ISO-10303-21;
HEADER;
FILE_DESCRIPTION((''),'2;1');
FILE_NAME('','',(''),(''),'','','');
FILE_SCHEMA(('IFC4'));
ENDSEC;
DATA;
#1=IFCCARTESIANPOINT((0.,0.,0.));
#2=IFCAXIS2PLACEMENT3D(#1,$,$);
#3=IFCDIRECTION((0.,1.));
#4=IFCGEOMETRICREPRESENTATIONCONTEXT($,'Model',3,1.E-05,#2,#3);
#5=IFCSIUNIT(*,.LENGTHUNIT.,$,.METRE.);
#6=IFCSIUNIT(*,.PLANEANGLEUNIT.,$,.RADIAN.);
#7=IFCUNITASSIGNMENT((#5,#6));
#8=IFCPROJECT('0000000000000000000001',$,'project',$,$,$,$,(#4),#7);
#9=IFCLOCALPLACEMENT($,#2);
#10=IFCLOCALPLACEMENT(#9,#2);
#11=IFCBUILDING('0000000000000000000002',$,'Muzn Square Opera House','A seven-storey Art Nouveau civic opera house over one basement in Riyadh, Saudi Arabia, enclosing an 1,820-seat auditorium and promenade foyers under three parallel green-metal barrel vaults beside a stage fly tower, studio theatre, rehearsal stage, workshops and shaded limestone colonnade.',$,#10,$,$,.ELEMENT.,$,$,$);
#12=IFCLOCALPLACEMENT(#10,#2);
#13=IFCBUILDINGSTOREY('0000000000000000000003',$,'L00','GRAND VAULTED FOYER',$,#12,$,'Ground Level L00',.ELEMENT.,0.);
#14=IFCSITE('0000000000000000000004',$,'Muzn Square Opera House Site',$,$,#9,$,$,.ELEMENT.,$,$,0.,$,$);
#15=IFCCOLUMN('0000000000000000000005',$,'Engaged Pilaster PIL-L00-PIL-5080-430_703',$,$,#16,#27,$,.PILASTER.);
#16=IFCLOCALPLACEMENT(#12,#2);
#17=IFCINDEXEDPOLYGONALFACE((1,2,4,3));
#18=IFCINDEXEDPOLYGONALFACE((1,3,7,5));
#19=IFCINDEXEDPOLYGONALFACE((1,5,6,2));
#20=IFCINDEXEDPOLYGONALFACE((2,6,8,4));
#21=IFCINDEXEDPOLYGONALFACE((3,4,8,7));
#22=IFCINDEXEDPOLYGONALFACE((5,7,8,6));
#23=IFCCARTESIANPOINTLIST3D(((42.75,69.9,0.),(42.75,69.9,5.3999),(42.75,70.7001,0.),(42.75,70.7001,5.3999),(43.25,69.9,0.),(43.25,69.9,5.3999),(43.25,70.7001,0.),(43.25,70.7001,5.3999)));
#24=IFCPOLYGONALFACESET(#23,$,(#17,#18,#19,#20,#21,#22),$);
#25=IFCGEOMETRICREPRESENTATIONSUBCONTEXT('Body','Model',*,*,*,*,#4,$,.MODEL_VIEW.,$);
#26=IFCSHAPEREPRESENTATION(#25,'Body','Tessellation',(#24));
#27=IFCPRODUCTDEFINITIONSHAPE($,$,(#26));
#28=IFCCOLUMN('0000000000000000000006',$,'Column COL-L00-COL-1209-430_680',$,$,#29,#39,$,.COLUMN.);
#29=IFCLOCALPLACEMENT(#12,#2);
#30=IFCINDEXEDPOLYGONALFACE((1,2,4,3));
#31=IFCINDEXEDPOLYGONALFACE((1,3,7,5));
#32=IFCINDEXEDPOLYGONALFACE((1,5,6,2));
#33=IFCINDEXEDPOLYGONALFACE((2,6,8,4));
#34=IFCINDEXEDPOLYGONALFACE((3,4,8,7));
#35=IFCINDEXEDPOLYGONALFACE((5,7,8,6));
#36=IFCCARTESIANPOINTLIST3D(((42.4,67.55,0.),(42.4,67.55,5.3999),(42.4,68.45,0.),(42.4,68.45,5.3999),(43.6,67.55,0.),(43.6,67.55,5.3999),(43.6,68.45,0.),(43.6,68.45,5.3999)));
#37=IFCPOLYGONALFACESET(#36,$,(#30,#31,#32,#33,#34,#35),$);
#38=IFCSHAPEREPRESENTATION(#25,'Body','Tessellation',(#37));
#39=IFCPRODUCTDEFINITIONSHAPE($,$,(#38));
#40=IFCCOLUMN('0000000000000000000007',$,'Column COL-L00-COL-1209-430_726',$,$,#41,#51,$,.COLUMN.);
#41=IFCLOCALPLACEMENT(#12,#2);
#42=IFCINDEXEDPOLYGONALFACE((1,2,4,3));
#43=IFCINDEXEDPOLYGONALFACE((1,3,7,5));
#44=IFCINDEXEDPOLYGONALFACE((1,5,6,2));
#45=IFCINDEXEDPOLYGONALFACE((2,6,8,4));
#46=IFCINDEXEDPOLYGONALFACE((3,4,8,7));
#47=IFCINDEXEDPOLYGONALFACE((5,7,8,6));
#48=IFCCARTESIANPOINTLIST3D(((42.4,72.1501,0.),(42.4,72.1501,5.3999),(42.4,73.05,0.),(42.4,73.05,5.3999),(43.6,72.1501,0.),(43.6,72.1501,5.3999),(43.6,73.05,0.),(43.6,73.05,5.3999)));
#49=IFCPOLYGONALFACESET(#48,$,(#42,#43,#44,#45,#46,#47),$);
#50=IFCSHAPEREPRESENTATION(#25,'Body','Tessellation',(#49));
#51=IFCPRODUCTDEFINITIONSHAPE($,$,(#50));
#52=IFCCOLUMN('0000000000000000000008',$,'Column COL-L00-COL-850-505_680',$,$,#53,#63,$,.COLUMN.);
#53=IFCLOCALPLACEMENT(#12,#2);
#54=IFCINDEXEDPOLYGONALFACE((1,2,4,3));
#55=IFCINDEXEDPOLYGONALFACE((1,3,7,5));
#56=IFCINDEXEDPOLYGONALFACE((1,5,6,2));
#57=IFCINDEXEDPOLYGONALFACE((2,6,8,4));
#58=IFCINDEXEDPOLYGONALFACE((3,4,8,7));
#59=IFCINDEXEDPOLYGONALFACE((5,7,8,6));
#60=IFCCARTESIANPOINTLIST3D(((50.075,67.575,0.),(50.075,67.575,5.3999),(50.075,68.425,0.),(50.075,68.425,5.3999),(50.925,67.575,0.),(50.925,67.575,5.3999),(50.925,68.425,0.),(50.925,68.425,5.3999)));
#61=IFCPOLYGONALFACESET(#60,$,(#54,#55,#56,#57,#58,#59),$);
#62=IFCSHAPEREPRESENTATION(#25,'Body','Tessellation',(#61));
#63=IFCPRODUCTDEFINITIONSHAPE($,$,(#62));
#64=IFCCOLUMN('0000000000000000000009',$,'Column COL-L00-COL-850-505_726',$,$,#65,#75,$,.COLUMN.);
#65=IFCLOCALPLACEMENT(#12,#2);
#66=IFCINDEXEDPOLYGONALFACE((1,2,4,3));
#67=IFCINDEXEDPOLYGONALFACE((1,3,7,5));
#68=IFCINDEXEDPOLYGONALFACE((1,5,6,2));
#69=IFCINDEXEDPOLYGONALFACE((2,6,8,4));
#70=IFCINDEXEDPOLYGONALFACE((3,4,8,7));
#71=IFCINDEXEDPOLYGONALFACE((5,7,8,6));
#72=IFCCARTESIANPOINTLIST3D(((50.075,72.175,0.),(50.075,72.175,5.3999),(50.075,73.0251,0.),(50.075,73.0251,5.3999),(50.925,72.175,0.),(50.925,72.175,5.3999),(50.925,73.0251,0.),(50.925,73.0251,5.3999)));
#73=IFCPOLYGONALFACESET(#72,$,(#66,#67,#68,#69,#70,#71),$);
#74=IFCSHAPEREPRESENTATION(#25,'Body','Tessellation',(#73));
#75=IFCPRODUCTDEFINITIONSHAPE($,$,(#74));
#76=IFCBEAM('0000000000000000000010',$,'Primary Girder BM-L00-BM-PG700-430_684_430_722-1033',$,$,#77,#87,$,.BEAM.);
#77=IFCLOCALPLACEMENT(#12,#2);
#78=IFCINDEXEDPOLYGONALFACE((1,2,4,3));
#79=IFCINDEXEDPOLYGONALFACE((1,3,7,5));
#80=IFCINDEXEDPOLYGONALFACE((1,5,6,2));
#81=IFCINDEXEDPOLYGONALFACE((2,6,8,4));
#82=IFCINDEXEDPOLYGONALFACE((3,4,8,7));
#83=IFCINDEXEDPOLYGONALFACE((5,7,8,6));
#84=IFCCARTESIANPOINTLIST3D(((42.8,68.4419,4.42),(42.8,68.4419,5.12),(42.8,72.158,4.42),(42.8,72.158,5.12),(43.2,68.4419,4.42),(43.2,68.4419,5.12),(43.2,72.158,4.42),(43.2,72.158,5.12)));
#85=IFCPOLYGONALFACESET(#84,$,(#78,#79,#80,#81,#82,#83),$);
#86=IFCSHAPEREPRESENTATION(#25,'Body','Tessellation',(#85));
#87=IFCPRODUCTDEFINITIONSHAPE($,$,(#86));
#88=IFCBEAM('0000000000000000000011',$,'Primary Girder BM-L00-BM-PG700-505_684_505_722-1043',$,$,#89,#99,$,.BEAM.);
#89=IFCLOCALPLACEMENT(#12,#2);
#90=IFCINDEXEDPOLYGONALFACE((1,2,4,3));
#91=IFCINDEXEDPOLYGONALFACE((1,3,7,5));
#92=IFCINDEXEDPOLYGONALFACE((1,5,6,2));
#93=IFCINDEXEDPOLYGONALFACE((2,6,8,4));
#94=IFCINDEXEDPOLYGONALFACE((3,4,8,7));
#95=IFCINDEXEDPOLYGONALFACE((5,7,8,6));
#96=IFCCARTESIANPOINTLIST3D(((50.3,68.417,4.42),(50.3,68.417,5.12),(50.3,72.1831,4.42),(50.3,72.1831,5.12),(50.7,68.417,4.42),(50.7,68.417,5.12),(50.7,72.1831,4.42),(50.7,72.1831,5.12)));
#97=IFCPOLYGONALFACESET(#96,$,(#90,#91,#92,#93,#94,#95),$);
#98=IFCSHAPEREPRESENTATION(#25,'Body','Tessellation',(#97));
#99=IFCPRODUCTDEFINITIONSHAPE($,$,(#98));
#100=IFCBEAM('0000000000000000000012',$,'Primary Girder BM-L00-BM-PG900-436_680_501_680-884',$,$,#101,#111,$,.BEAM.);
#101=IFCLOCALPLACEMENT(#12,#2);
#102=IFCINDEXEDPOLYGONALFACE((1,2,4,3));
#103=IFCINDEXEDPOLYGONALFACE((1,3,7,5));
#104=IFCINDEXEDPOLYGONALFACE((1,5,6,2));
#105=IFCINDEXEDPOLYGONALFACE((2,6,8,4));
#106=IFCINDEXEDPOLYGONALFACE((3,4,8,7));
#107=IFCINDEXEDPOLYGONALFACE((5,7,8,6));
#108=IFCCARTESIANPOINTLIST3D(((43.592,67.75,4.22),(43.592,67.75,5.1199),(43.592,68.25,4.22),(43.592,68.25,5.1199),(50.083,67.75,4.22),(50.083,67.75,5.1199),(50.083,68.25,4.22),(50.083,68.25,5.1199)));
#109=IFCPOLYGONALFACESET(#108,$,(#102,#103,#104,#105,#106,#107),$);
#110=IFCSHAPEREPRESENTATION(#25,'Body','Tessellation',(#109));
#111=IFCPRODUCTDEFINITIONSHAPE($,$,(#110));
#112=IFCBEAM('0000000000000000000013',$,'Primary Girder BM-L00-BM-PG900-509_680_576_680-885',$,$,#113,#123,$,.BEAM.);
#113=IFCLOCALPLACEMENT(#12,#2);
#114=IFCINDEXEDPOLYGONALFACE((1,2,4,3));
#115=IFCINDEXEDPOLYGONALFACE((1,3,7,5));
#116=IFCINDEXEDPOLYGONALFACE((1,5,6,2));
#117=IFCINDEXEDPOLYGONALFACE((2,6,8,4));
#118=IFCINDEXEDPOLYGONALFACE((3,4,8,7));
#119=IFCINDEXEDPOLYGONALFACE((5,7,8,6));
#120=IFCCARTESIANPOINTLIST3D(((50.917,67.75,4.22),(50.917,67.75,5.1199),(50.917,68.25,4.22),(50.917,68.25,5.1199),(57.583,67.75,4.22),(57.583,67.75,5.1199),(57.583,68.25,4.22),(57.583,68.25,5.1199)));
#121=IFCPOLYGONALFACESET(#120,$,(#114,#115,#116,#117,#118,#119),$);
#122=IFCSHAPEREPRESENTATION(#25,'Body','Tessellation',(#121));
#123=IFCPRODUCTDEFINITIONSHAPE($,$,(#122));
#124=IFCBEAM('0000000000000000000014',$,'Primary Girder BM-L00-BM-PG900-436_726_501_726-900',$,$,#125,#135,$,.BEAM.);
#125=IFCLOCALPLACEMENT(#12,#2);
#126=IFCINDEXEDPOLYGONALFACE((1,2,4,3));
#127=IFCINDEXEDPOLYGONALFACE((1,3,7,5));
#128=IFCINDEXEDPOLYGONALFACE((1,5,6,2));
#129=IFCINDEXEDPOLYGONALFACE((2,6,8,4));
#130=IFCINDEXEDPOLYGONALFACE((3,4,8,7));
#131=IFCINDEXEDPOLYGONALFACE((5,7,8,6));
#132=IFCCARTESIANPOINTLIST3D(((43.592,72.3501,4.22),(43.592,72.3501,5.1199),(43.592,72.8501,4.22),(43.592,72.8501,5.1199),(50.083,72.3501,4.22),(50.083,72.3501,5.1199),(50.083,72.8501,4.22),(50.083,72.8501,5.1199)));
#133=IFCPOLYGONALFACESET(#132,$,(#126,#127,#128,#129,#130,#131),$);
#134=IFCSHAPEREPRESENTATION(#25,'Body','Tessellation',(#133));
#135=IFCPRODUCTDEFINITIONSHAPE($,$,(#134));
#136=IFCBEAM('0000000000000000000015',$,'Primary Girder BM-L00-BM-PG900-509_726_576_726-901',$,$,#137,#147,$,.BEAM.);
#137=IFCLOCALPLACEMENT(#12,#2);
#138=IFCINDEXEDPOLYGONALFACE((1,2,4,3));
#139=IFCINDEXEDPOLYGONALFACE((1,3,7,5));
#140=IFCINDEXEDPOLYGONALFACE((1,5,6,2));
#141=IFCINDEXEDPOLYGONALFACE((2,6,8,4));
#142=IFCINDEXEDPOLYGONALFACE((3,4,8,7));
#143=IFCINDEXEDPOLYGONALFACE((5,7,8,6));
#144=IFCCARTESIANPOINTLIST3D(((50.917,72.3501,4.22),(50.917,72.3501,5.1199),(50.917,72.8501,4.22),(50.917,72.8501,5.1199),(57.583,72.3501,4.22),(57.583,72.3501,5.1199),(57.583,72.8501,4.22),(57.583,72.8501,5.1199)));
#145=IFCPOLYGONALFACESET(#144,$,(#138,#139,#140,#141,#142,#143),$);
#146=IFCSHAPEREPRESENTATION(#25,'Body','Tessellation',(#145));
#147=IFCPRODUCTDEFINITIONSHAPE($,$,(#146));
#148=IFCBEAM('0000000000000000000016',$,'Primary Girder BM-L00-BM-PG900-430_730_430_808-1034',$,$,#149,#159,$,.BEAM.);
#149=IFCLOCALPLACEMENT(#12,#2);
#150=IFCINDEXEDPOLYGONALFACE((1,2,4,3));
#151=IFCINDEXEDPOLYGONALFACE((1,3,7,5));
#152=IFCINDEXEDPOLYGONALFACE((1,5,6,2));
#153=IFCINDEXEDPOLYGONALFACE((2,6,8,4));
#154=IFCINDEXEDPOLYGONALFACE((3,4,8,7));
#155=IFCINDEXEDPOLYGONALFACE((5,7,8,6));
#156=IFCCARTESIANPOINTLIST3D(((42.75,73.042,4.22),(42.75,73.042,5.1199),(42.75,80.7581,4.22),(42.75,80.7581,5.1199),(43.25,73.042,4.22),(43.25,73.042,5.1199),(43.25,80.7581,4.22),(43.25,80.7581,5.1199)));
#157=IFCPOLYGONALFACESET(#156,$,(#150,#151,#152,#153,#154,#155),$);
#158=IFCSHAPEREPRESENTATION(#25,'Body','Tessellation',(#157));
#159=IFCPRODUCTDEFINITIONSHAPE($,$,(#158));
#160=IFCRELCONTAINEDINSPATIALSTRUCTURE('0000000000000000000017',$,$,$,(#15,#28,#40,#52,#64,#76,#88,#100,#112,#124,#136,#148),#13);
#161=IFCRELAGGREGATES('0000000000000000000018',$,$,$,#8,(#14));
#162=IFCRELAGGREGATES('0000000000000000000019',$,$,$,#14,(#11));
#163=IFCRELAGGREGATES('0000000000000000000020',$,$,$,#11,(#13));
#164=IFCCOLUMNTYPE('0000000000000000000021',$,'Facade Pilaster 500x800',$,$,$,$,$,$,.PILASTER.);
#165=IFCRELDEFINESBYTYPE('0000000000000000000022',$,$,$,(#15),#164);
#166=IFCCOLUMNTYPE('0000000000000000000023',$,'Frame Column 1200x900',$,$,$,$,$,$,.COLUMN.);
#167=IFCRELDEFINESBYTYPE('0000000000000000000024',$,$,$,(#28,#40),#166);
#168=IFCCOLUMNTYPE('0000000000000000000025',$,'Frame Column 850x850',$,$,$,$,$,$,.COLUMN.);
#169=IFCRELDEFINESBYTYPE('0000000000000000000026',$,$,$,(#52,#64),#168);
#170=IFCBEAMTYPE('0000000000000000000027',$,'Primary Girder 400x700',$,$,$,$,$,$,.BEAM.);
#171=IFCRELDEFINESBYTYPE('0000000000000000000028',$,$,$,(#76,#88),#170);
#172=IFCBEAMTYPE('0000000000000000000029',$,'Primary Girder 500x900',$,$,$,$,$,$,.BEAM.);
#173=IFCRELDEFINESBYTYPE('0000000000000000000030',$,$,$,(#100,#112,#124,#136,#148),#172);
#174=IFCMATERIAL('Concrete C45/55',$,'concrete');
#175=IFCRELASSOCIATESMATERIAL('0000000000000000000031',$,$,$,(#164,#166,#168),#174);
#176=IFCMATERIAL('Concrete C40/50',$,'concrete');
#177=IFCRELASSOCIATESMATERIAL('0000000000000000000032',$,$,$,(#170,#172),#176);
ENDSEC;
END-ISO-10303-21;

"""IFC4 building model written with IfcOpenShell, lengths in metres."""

from ifc_helpers import new_model, si_unit, direction, frame, origin, origin_2d, place, context, subcontext, project, spatial, rectangle, extrude, material, material_profile, profile_set, type_object, element, save


model = new_model("IFC4")

# Units and contexts
model_context = context("Model", 3, precision=1e-05, world=origin(), true_north=direction((0.0, 1.0)))
body_context = subcontext(model_context, "Body", "Model", "MODEL_VIEW")
ifc_project = project(units=[si_unit("LENGTHUNIT", "METRE"), si_unit("PLANEANGLEUNIT", "RADIAN")], contexts=[model_context])

# Site, building, storey
site_placement = place(None, origin())
site = spatial("IfcSite", under=ifc_project, at=site_placement, Name="Muzn Square Opera House Site", CompositionType="ELEMENT", RefElevation=0.0)
building_placement = place(site_placement, origin())
building = spatial("IfcBuilding", under=site, at=building_placement, Name="Muzn Square Opera House", Description="A seven-storey Art Nouveau civic opera house over one basement in Riyadh, Saudi Arabia, enclosing an 1,820-seat auditorium and promenade foyers under three parallel green-metal barrel vaults beside a stage fly tower, studio theatre, rehearsal stage, workshops and shaded limestone colonnade.", CompositionType="ELEMENT")
storey_placement = place(building_placement, origin())
storey = spatial("IfcBuildingStorey", under=building, at=storey_placement, Name="L00", Description="GRAND VAULTED FOYER", LongName="Ground Level L00", CompositionType="ELEMENT", Elevation=0.0)

# Columns
ifc_material_1 = material(Name="Concrete C45/55", Category="concrete")
ifc_material_profile_1 = material_profile(ifc_material_1, rectangle(XDim=0.5, YDim=0.8, at=origin_2d()), Name="RC 500x800", Category="concrete")
ifc_profile_set_1 = profile_set([ifc_material_profile_1], Name="Concrete C45/55")
column_type_1 = type_object("IfcColumnType", Name="Facade Pilaster 500x800", PredefinedType="PILASTER", material=ifc_profile_set_1)
column_placement = place(storey_placement, frame((43.0, 70.3, 0.0), z_axis=(0.0, 0.0, 1.0), x_axis=(1.0, 0.0, 0.0)))
element("IfcColumn", 1, at=column_placement, inside=storey, type_object=column_type_1, Name="Engaged Pilaster PIL-L00-PIL-5080-430_703", PredefinedType="PILASTER", context=body_context, shape_type="SweptSolid", body=[
    extrude(rectangle(XDim=0.5, YDim=0.8, at=origin_2d()), origin(), (0.0, 0.0, 1.0), 5.3999),
])
ifc_material_profile_2 = material_profile(ifc_material_1, rectangle(XDim=1.2, YDim=0.8999, at=origin_2d()), Name="RC 1200x900", Category="concrete")
ifc_profile_set_2 = profile_set([ifc_material_profile_2], Name="Concrete C45/55")
column_type_2 = type_object("IfcColumnType", Name="Frame Column 1200x900", PredefinedType="COLUMN", material=ifc_profile_set_2)
for number, where, z_axis, x_axis, name in (
    (2, (43.0, 68.0, 0.0), (0.0, 0.0, 1.0), (1.0, 0.0, 0.0), "Column COL-L00-COL-1209-430_680"),
    (3, (43.0, 72.6001, 0.0), (0.0, 0.0, 1.0), (1.0, 0.0, 0.0), "Column COL-L00-COL-1209-430_726"),
):
    element("IfcColumn", number, at=place(storey_placement, frame(where, z_axis=z_axis, x_axis=x_axis)), inside=storey, type_object=column_type_2, Name=name, PredefinedType="COLUMN", context=body_context, shape_type="SweptSolid", body=[
        extrude(rectangle(XDim=1.2, YDim=0.8999, at=origin_2d()), origin(), (0.0, 0.0, 1.0), 5.3999),
    ])
ifc_material_profile_3 = material_profile(ifc_material_1, rectangle(XDim=0.8501, YDim=0.8501, at=origin_2d()), Name="RC 850x850", Category="concrete")
ifc_profile_set_3 = profile_set([ifc_material_profile_3], Name="Concrete C45/55")
column_type_3 = type_object("IfcColumnType", Name="Frame Column 850x850", PredefinedType="COLUMN", material=ifc_profile_set_3)
for number, where, z_axis, x_axis, name in (
    (4, (50.5, 68.0, 0.0), (0.0, 0.0, 1.0), (1.0, 0.0, 0.0), "Column COL-L00-COL-850-505_680"),
    (5, (50.5, 72.6001, 0.0), (0.0, 0.0, 1.0), (1.0, 0.0, 0.0), "Column COL-L00-COL-850-505_726"),
):
    element("IfcColumn", number, at=place(storey_placement, frame(where, z_axis=z_axis, x_axis=x_axis)), inside=storey, type_object=column_type_3, Name=name, PredefinedType="COLUMN", context=body_context, shape_type="SweptSolid", body=[
        extrude(rectangle(XDim=0.8501, YDim=0.8501, at=origin_2d()), origin(), (0.0, 0.0, 1.0), 5.3999),
    ])

# Beams
ifc_material_2 = material(Name="Concrete C40/50", Category="concrete")
ifc_material_profile_4 = material_profile(ifc_material_2, rectangle(XDim=0.3999, YDim=0.7, at=origin_2d()), Name="RCB 400x700", Category="concrete")
ifc_profile_set_4 = profile_set([ifc_material_profile_4], Name="Concrete C40/50")
beam_type_1 = type_object("IfcBeamType", Name="Primary Girder 400x700", PredefinedType="BEAM", material=ifc_profile_set_4)
beam_1_placement = place(storey_placement, frame((43.0, 68.4419, 4.77), z_axis=(0.0, 1.0, 0.0), x_axis=(-1.0, 0.0, 0.0)))
element("IfcBeam", 6, at=beam_1_placement, inside=storey, type_object=beam_type_1, Name="Primary Girder BM-L00-BM-PG700-430_684_430_722-1033", PredefinedType="BEAM", context=body_context, shape_type="SweptSolid", body=[
    extrude(rectangle(XDim=0.3999, YDim=0.7, at=origin_2d()), origin(), (0.0, 0.0, 1.0), 3.7161),
])
beam_2_placement = place(storey_placement, frame((50.5, 68.417, 4.77), z_axis=(0.0, 1.0, 0.0), x_axis=(-1.0, 0.0, 0.0)))
element("IfcBeam", 7, at=beam_2_placement, inside=storey, type_object=beam_type_1, Name="Primary Girder BM-L00-BM-PG700-505_684_505_722-1043", PredefinedType="BEAM", context=body_context, shape_type="SweptSolid", body=[
    extrude(rectangle(XDim=0.3999, YDim=0.7, at=origin_2d()), origin(), (0.0, 0.0, 1.0), 3.7661),
])
ifc_material_profile_5 = material_profile(ifc_material_2, rectangle(XDim=0.5, YDim=0.8999, at=origin_2d()), Name="RCB 500x900", Category="concrete")
ifc_profile_set_5 = profile_set([ifc_material_profile_5], Name="Concrete C40/50")
beam_type_2 = type_object("IfcBeamType", Name="Primary Girder 500x900", PredefinedType="BEAM", material=ifc_profile_set_5)
beam_3_placement = place(storey_placement, frame((43.592, 68.0, 4.6699), z_axis=(1.0, 0.0, 0.0), x_axis=(0.0, 1.0, 0.0)))
element("IfcBeam", 8, at=beam_3_placement, inside=storey, type_object=beam_type_2, Name="Primary Girder BM-L00-BM-PG900-436_680_501_680-884", PredefinedType="BEAM", context=body_context, shape_type="SweptSolid", body=[
    extrude(rectangle(XDim=0.5, YDim=0.8999, at=origin_2d()), origin(), (0.0, 0.0, 1.0), 6.491),
])
beam_4_placement = place(storey_placement, frame((50.917, 68.0, 4.6699), z_axis=(1.0, 0.0, 0.0), x_axis=(0.0, 1.0, 0.0)))
element("IfcBeam", 9, at=beam_4_placement, inside=storey, type_object=beam_type_2, Name="Primary Girder BM-L00-BM-PG900-509_680_576_680-885", PredefinedType="BEAM", context=body_context, shape_type="SweptSolid", body=[
    extrude(rectangle(XDim=0.5, YDim=0.8999, at=origin_2d()), origin(), (0.0, 0.0, 1.0), 6.666),
])
beam_5_placement = place(storey_placement, frame((43.592, 72.6001, 4.6699), z_axis=(1.0, 0.0, 0.0), x_axis=(0.0, 1.0, 0.0)))
element("IfcBeam", 10, at=beam_5_placement, inside=storey, type_object=beam_type_2, Name="Primary Girder BM-L00-BM-PG900-436_726_501_726-900", PredefinedType="BEAM", context=body_context, shape_type="SweptSolid", body=[
    extrude(rectangle(XDim=0.5, YDim=0.8999, at=origin_2d()), origin(), (0.0, 0.0, 1.0), 6.491),
])
beam_6_placement = place(storey_placement, frame((50.917, 72.6001, 4.6699), z_axis=(1.0, 0.0, 0.0), x_axis=(0.0, 1.0, 0.0)))
element("IfcBeam", 11, at=beam_6_placement, inside=storey, type_object=beam_type_2, Name="Primary Girder BM-L00-BM-PG900-509_726_576_726-901", PredefinedType="BEAM", context=body_context, shape_type="SweptSolid", body=[
    extrude(rectangle(XDim=0.5, YDim=0.8999, at=origin_2d()), origin(), (0.0, 0.0, 1.0), 6.666),
])
beam_7_placement = place(storey_placement, frame((43.0, 73.042, 4.6699), z_axis=(0.0, 1.0, 0.0), x_axis=(-1.0, 0.0, 0.0)))
element("IfcBeam", 12, at=beam_7_placement, inside=storey, type_object=beam_type_2, Name="Primary Girder BM-L00-BM-PG900-430_730_430_808-1034", PredefinedType="BEAM", context=body_context, shape_type="SweptSolid", body=[
    extrude(rectangle(XDim=0.5, YDim=0.8999, at=origin_2d()), origin(), (0.0, 0.0, 1.0), 7.7161),
])

save(model, "model.ifc")
